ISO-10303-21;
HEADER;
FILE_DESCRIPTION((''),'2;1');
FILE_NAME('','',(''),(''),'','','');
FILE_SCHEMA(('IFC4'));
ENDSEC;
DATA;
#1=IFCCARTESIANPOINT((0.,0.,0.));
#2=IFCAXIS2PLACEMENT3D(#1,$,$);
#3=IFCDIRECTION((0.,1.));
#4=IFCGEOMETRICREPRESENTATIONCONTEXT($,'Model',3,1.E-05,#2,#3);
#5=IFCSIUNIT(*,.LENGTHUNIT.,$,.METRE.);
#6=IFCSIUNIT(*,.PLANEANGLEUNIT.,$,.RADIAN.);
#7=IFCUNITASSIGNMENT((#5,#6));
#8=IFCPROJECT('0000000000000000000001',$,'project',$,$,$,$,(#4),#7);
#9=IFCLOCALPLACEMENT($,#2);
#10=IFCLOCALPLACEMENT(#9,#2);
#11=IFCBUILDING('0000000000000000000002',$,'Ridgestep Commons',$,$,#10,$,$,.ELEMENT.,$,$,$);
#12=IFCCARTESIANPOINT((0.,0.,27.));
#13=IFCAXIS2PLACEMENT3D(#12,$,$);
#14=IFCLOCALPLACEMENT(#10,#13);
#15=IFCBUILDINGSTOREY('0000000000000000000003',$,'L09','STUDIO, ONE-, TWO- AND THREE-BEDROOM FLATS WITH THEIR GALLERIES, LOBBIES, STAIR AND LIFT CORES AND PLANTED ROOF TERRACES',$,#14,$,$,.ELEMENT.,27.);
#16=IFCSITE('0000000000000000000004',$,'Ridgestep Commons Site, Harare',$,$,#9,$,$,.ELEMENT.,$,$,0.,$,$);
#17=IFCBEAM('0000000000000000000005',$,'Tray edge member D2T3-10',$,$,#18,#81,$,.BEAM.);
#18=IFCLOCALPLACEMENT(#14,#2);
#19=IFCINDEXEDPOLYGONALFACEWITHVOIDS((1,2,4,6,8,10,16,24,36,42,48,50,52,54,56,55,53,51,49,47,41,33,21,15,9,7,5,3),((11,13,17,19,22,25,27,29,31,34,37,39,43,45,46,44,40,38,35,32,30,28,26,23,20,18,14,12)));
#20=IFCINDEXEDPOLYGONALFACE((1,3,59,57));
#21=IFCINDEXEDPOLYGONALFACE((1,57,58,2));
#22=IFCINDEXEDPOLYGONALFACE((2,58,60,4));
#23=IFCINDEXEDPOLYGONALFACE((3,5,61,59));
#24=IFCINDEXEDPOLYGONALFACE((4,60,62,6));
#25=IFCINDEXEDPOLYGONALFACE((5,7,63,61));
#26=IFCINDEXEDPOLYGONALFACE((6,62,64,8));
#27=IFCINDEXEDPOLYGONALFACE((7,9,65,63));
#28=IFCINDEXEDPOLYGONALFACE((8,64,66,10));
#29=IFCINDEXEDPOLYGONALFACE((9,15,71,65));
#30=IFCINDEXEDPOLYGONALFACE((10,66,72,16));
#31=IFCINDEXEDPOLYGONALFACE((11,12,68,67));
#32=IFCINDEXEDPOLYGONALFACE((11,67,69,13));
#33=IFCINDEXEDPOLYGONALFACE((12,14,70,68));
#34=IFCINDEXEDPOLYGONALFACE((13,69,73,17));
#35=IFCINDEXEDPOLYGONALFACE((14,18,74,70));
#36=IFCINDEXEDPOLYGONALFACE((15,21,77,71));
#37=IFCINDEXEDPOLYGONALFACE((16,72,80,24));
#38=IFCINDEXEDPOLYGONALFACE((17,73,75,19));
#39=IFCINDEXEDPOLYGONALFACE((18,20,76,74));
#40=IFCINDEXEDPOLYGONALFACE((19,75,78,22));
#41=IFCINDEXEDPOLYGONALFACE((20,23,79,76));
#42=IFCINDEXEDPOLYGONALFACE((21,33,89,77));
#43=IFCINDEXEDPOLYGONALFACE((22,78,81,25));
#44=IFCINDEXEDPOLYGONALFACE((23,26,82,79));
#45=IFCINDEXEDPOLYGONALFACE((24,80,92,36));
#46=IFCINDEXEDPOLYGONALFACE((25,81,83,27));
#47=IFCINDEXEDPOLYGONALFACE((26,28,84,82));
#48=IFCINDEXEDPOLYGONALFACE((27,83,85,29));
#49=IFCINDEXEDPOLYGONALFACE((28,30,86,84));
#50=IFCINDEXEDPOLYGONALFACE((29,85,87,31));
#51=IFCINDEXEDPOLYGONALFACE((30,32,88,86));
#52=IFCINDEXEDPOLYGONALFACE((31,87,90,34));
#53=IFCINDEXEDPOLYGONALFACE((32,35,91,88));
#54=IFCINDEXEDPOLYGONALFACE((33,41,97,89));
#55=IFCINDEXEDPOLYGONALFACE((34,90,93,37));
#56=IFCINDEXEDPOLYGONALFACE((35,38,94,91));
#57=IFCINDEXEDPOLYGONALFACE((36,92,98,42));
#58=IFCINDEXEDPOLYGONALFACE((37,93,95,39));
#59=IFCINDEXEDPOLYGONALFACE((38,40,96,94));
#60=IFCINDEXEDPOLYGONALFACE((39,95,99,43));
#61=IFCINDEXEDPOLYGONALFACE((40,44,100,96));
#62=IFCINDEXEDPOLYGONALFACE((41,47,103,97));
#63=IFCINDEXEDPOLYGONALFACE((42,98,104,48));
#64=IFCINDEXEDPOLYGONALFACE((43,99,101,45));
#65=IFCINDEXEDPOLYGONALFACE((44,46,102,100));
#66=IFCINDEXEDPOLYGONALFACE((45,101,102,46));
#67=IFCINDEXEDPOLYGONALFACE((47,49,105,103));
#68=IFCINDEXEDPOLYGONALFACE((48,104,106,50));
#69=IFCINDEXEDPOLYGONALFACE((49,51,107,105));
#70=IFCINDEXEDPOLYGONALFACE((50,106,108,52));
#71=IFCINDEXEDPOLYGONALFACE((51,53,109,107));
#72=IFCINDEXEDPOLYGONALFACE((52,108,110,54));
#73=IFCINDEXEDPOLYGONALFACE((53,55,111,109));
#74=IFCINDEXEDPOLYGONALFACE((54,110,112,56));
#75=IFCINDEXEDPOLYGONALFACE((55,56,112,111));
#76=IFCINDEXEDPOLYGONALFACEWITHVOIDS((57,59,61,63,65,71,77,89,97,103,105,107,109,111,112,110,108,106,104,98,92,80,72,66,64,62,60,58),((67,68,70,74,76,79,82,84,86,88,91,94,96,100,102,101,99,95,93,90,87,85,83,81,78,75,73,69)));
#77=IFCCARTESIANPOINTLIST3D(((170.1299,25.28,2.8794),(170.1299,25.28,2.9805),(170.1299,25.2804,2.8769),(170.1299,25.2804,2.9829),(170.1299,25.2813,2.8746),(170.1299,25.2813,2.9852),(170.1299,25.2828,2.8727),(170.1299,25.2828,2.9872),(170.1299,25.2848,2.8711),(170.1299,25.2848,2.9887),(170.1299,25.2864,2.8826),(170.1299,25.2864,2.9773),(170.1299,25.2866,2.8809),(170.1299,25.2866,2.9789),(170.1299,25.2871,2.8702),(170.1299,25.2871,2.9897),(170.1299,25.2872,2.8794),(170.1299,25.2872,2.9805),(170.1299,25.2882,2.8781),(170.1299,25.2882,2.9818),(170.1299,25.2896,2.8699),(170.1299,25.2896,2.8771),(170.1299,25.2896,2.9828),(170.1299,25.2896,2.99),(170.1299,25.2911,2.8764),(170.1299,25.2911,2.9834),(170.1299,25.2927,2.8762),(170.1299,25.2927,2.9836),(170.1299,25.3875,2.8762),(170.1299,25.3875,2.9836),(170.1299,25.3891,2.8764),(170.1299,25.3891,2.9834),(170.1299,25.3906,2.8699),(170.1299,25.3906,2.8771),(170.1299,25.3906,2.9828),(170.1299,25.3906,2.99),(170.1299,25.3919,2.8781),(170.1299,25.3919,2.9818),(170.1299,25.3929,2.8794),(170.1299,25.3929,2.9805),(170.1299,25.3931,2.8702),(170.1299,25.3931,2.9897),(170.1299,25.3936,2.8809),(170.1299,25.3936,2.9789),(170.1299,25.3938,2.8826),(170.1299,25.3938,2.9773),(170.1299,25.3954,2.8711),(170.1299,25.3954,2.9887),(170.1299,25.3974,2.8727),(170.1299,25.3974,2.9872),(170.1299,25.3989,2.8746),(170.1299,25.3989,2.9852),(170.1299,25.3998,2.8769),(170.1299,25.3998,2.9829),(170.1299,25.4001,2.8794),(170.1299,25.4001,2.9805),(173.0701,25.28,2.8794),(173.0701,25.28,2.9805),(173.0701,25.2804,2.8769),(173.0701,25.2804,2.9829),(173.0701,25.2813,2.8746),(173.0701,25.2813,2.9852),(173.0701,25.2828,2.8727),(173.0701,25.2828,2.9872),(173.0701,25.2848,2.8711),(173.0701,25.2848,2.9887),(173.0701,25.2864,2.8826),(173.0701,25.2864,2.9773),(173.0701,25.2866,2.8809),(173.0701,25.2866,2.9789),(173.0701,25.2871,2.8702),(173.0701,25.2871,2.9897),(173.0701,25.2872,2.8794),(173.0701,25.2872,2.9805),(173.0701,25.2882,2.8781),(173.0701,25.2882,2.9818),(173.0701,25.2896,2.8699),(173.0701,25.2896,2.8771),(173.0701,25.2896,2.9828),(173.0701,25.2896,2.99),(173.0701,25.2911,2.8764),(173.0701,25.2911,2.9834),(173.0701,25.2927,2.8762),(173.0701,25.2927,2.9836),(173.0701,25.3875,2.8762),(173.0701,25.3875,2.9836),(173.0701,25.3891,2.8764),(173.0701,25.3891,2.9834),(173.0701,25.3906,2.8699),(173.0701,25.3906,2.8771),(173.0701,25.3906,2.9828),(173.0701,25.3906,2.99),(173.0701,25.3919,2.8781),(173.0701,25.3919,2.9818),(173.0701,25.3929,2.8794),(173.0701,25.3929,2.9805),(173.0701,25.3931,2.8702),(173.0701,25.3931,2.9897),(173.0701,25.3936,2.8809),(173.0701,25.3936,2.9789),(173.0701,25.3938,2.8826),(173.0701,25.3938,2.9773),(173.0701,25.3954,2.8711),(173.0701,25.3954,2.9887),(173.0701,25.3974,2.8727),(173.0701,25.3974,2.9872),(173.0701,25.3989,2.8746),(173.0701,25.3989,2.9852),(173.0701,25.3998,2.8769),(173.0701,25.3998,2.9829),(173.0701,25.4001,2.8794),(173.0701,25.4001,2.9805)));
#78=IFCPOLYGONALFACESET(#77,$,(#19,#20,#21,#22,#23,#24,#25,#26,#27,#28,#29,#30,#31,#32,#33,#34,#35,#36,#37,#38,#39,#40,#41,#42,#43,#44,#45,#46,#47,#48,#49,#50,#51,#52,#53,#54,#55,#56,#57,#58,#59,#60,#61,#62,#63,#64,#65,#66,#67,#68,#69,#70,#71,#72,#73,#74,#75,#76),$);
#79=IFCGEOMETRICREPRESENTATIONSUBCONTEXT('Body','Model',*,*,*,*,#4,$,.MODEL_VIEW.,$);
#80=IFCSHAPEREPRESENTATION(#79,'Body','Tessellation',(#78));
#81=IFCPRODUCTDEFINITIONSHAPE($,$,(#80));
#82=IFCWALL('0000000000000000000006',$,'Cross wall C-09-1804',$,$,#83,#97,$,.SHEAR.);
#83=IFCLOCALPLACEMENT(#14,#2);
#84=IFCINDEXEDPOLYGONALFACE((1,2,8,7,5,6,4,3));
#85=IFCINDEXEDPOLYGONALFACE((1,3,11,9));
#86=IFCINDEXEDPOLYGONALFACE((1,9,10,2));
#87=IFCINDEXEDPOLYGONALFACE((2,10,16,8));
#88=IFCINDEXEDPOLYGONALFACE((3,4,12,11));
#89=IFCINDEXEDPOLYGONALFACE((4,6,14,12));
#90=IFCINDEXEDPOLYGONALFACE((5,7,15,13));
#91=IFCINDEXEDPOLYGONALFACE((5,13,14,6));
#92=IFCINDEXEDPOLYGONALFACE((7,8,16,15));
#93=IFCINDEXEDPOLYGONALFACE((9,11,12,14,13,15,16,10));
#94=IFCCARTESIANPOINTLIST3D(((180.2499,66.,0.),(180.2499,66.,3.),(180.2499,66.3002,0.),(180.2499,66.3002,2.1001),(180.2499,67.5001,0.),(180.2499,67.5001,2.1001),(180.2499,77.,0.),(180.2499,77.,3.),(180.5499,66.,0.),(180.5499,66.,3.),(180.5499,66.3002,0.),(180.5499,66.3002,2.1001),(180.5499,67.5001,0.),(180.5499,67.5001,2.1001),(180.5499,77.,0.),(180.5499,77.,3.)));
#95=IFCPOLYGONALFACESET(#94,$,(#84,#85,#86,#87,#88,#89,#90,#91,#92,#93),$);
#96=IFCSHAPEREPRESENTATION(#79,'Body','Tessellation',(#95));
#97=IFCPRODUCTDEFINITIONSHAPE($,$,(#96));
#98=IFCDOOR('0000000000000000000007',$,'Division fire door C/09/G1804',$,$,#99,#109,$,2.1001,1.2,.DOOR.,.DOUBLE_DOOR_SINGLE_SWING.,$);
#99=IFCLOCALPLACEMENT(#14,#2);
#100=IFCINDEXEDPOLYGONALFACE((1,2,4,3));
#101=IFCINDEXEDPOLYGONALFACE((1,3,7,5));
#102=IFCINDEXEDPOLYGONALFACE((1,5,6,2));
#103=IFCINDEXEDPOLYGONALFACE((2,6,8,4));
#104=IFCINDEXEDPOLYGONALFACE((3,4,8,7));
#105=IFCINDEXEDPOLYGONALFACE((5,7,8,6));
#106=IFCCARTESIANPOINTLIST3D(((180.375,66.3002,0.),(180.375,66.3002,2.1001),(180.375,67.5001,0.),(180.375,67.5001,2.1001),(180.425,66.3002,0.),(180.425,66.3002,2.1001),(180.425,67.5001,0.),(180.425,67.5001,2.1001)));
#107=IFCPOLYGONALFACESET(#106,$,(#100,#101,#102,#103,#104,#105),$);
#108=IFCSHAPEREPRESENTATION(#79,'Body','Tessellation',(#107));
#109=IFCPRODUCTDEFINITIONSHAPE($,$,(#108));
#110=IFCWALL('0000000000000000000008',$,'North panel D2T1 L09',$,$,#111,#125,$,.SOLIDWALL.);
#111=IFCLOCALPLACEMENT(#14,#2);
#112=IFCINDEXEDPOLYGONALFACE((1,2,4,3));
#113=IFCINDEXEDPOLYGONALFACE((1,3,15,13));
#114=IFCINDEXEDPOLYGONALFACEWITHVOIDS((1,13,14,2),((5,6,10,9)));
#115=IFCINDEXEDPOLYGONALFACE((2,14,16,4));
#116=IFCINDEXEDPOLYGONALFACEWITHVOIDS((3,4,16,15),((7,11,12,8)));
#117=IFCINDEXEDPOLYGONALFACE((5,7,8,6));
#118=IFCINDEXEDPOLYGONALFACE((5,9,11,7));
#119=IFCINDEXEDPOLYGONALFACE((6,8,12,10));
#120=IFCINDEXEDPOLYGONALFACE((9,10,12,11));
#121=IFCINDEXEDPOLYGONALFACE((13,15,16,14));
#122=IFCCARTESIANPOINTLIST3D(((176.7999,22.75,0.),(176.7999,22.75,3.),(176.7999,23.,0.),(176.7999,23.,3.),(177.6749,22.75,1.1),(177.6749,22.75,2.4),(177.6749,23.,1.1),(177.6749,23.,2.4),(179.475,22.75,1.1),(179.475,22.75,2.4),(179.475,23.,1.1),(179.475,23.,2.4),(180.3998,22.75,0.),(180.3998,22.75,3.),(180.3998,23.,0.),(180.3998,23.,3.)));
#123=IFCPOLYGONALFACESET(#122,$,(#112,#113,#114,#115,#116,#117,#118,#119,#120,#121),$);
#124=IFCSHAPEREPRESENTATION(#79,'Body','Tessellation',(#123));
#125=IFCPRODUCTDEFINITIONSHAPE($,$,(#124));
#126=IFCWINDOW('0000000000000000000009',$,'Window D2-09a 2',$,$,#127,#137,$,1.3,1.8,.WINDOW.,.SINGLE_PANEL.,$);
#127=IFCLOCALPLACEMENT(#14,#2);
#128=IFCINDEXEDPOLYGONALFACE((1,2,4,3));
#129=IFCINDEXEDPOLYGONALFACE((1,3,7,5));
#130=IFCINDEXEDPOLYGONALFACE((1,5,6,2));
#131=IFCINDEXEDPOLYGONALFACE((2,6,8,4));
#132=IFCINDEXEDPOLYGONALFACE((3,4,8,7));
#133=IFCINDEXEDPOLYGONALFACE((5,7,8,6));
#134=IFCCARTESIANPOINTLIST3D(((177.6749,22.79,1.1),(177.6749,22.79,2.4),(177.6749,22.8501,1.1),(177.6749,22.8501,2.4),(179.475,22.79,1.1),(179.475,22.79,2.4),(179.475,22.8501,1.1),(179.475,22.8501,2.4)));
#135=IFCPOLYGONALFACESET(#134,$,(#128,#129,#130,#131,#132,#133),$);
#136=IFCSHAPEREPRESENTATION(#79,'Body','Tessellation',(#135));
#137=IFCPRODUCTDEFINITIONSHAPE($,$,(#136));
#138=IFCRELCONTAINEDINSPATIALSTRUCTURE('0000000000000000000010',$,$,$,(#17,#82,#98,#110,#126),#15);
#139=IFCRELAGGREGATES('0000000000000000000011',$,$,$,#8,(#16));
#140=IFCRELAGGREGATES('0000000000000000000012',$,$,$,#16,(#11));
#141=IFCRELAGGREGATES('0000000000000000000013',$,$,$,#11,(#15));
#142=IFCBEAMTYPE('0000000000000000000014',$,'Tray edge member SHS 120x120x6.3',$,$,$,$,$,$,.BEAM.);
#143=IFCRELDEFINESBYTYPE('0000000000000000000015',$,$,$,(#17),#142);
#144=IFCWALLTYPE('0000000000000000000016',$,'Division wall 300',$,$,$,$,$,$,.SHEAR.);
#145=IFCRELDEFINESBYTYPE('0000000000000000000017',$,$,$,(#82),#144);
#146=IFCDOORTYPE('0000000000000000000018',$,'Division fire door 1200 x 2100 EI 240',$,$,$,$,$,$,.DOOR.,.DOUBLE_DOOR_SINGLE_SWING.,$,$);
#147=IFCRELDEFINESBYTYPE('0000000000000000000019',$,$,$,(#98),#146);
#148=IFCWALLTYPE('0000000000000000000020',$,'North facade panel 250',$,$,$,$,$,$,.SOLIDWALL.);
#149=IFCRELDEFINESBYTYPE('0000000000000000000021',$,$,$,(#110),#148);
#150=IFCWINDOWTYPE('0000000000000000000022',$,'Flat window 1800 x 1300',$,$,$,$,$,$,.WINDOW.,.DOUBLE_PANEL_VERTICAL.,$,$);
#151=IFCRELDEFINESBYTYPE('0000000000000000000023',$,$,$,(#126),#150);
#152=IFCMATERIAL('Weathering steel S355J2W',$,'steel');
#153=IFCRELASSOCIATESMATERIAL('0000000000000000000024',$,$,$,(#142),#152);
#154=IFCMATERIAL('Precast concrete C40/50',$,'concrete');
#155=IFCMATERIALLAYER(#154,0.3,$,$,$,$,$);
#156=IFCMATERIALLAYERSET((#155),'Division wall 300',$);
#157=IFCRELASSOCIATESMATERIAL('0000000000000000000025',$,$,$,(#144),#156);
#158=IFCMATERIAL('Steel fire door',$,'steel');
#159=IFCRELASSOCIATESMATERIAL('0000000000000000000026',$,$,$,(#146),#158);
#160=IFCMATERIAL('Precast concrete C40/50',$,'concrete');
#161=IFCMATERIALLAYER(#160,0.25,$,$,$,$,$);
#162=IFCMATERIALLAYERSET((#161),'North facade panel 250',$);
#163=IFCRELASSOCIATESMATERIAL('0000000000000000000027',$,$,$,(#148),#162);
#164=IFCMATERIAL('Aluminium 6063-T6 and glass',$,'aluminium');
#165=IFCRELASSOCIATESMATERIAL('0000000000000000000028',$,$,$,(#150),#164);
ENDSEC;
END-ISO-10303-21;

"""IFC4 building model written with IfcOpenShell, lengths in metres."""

from ifc_helpers import new_model, si_unit, direction, frame, frame_2d, origin, origin_2d, place, context, subcontext, project, spatial, rectangle, hollow_rectangle, extrude, material, layer, layer_set, material_profile, profile_set, type_object, element, fill, save


model = new_model("IFC4")

# Units and contexts
model_context = context("Model", 3, precision=1e-05, world=origin(), true_north=direction((0.0, 1.0)))
body_context = subcontext(model_context, "Body", "Model", "MODEL_VIEW")
ifc_project = project(units=[si_unit("LENGTHUNIT", "METRE"), si_unit("PLANEANGLEUNIT", "RADIAN")], contexts=[model_context])

# Site, building, storey
site_placement = place(None, origin())
site = spatial("IfcSite", under=ifc_project, at=site_placement, Name="Ridgestep Commons Site, Harare", CompositionType="ELEMENT", RefElevation=0.0)
building_placement = place(site_placement, origin())
building = spatial("IfcBuilding", under=site, at=building_placement, Name="Ridgestep Commons", CompositionType="ELEMENT")
storey_placement = place(building_placement, frame((0.0, 0.0, 27.0)))
storey = spatial("IfcBuildingStorey", under=building, at=storey_placement, Name="L09", Description="STUDIO, ONE-, TWO- AND THREE-BEDROOM FLATS WITH THEIR GALLERIES, LOBBIES, STAIR AND LIFT CORES AND PLANTED ROOF TERRACES", CompositionType="ELEMENT", Elevation=27.0)

# Beam
ifc_material_1 = material(Name="Weathering steel S355J2W", Category="steel")
ifc_material_profile_1 = material_profile(ifc_material_1, hollow_rectangle(XDim=0.1201, YDim=0.1201, WallThickness=0.0063, InnerFilletRadius=0.0063, OuterFilletRadius=0.0095, at=origin_2d()), Name="SHS 120x120x6.3")
ifc_profile_set_1 = profile_set([ifc_material_profile_1], Name="Weathering steel S355J2W")
beam_type_1 = type_object("IfcBeamType", Name="Tray edge member SHS 120x120x6.3", PredefinedType="BEAM", material=ifc_profile_set_1)
beam_1_placement = place(storey_placement, frame((170.1299, 25.3401, 2.9299), z_axis=(1.0, 0.0, 0.0), x_axis=(0.0, 0.0, 1.0)))
element("IfcBeam", 1, at=beam_1_placement, inside=storey, type_object=beam_type_1, Name="Tray edge member D2T3-10", PredefinedType="BEAM", context=body_context, shape_type="SweptSolid", body=[
    extrude(hollow_rectangle(XDim=0.1201, YDim=0.1201, WallThickness=0.0063, InnerFilletRadius=0.0063, OuterFilletRadius=0.0095, at=origin_2d()), origin(), (0.0, 0.0, 1.0), 2.9402),
])

# Wall, opening, door
ifc_material_2 = material(Name="Precast concrete C40/50", Category="concrete")
ifc_layer_1 = layer(ifc_material_2, 0.3)
ifc_layer_set_1 = layer_set([ifc_layer_1], Name="Division wall 300")
wall_type_1 = type_object("IfcWallType", Name="Division wall 300", PredefinedType="SHEAR", material=ifc_layer_set_1)
wall_1_placement = place(storey_placement, frame((180.3999, 66.0, 0.0), z_axis=(0.0, 0.0, 1.0), x_axis=(0.0, 1.0, 0.0)))
wall_1 = element("IfcWall", 2, at=wall_1_placement, inside=storey, type_object=wall_type_1, Name="Cross wall C-09-1804", PredefinedType="SHEAR", context=body_context, shape_type="SweptSolid", body=[
    extrude(rectangle(XDim=11.0, YDim=0.3, at=frame_2d((5.5, 0.0))), origin(), (0.0, 0.0, 1.0), 3.0),
])
opening_1_placement = place(wall_1_placement, frame((0.3, 0.0, 0.0)))
opening_1 = element("IfcOpeningElement", 3, at=opening_1_placement, cuts=wall_1, PredefinedType="OPENING", context=body_context, shape_type="SweptSolid", body=[
    extrude(rectangle(XDim=1.2, YDim=2.1001, at=frame_2d((0.6001, 1.05))), frame((0.0, 0.1599, 0.0), z_axis=(0.0, -1.0, 0.0), x_axis=(1.0, 0.0, 0.0)), (0.0, 0.0, 1.0), 0.3201),
])
ifc_material_3 = material(Name="Steel fire door", Category="steel")
door_type_1 = type_object("IfcDoorType", Name="Division fire door 1200 x 2100 EI 240", OperationType="DOUBLE_DOOR_SINGLE_SWING", PredefinedType="DOOR", material=ifc_material_3)
door_1_placement = place(opening_1_placement, origin())
door_1 = element("IfcDoor", 4, at=door_1_placement, inside=storey, type_object=door_type_1, Name="Division fire door C/09/G1804", OperationType="DOUBLE_DOOR_SINGLE_SWING", OverallHeight=2.1001, OverallWidth=1.2, PredefinedType="DOOR", context=body_context, shape_type="SweptSolid", body=[
    extrude(rectangle(XDim=1.2, YDim=2.1001, at=frame_2d((0.6001, 1.05))), frame((0.0, 0.0249, 0.0), z_axis=(0.0, -1.0, 0.0), x_axis=(1.0, 0.0, 0.0)), (0.0, 0.0, 1.0), 0.05),
])
fill(opening_1, door_1)

# Wall, opening, window
ifc_material_4 = material(Name="Precast concrete C40/50", Category="concrete")
ifc_layer_2 = layer(ifc_material_4, 0.25)
ifc_layer_set_2 = layer_set([ifc_layer_2], Name="North facade panel 250")
wall_type_2 = type_object("IfcWallType", Name="North facade panel 250", PredefinedType="SOLIDWALL", material=ifc_layer_set_2)
wall_2_placement = place(storey_placement, frame((176.8, 22.875, 0.0), z_axis=(0.0, 0.0, 1.0), x_axis=(1.0, 0.0, 0.0)))
wall_2 = element("IfcWall", 5, at=wall_2_placement, inside=storey, type_object=wall_type_2, Name="North panel D2T1 L09", PredefinedType="SOLIDWALL", context=body_context, shape_type="SweptSolid", body=[
    extrude(rectangle(XDim=3.5999, YDim=0.25, at=frame_2d((1.7998, 0.0))), origin(), (0.0, 0.0, 1.0), 3.0),
])
opening_2_placement = place(wall_2_placement, frame((0.875, 0.0, 1.1001)))
opening_2 = element("IfcOpeningElement", 6, at=opening_2_placement, cuts=wall_2, PredefinedType="OPENING", context=body_context, shape_type="SweptSolid", body=[
    extrude(rectangle(XDim=1.8, YDim=1.3, at=frame_2d((0.8999, 0.6499))), frame((0.0, 0.135, 0.0), z_axis=(0.0, -1.0, 0.0), x_axis=(1.0, 0.0, 0.0)), (0.0, 0.0, 1.0), 0.27),
])
ifc_material_5 = material(Name="Aluminium 6063-T6 and glass", Category="aluminium")
window_type_1 = type_object("IfcWindowType", Name="Flat window 1800 x 1300", PartitioningType="DOUBLE_PANEL_VERTICAL", PredefinedType="WINDOW", material=ifc_material_5)
window_1_placement = place(opening_2_placement, origin())
window_1 = element("IfcWindow", 7, at=window_1_placement, inside=storey, type_object=window_type_1, Name="Window D2-09a 2", OverallHeight=1.3, OverallWidth=1.8, PartitioningType="SINGLE_PANEL", PredefinedType="WINDOW", context=body_context, shape_type="SweptSolid", body=[
    extrude(rectangle(XDim=1.8, YDim=1.3, at=frame_2d((0.8999, 0.6499))), frame((0.0, -0.0249, 0.0), z_axis=(0.0, -1.0, 0.0), x_axis=(1.0, 0.0, 0.0)), (0.0, 0.0, 1.0), 0.0601),
])
fill(opening_2, window_1)

save(model, "model.ifc")
